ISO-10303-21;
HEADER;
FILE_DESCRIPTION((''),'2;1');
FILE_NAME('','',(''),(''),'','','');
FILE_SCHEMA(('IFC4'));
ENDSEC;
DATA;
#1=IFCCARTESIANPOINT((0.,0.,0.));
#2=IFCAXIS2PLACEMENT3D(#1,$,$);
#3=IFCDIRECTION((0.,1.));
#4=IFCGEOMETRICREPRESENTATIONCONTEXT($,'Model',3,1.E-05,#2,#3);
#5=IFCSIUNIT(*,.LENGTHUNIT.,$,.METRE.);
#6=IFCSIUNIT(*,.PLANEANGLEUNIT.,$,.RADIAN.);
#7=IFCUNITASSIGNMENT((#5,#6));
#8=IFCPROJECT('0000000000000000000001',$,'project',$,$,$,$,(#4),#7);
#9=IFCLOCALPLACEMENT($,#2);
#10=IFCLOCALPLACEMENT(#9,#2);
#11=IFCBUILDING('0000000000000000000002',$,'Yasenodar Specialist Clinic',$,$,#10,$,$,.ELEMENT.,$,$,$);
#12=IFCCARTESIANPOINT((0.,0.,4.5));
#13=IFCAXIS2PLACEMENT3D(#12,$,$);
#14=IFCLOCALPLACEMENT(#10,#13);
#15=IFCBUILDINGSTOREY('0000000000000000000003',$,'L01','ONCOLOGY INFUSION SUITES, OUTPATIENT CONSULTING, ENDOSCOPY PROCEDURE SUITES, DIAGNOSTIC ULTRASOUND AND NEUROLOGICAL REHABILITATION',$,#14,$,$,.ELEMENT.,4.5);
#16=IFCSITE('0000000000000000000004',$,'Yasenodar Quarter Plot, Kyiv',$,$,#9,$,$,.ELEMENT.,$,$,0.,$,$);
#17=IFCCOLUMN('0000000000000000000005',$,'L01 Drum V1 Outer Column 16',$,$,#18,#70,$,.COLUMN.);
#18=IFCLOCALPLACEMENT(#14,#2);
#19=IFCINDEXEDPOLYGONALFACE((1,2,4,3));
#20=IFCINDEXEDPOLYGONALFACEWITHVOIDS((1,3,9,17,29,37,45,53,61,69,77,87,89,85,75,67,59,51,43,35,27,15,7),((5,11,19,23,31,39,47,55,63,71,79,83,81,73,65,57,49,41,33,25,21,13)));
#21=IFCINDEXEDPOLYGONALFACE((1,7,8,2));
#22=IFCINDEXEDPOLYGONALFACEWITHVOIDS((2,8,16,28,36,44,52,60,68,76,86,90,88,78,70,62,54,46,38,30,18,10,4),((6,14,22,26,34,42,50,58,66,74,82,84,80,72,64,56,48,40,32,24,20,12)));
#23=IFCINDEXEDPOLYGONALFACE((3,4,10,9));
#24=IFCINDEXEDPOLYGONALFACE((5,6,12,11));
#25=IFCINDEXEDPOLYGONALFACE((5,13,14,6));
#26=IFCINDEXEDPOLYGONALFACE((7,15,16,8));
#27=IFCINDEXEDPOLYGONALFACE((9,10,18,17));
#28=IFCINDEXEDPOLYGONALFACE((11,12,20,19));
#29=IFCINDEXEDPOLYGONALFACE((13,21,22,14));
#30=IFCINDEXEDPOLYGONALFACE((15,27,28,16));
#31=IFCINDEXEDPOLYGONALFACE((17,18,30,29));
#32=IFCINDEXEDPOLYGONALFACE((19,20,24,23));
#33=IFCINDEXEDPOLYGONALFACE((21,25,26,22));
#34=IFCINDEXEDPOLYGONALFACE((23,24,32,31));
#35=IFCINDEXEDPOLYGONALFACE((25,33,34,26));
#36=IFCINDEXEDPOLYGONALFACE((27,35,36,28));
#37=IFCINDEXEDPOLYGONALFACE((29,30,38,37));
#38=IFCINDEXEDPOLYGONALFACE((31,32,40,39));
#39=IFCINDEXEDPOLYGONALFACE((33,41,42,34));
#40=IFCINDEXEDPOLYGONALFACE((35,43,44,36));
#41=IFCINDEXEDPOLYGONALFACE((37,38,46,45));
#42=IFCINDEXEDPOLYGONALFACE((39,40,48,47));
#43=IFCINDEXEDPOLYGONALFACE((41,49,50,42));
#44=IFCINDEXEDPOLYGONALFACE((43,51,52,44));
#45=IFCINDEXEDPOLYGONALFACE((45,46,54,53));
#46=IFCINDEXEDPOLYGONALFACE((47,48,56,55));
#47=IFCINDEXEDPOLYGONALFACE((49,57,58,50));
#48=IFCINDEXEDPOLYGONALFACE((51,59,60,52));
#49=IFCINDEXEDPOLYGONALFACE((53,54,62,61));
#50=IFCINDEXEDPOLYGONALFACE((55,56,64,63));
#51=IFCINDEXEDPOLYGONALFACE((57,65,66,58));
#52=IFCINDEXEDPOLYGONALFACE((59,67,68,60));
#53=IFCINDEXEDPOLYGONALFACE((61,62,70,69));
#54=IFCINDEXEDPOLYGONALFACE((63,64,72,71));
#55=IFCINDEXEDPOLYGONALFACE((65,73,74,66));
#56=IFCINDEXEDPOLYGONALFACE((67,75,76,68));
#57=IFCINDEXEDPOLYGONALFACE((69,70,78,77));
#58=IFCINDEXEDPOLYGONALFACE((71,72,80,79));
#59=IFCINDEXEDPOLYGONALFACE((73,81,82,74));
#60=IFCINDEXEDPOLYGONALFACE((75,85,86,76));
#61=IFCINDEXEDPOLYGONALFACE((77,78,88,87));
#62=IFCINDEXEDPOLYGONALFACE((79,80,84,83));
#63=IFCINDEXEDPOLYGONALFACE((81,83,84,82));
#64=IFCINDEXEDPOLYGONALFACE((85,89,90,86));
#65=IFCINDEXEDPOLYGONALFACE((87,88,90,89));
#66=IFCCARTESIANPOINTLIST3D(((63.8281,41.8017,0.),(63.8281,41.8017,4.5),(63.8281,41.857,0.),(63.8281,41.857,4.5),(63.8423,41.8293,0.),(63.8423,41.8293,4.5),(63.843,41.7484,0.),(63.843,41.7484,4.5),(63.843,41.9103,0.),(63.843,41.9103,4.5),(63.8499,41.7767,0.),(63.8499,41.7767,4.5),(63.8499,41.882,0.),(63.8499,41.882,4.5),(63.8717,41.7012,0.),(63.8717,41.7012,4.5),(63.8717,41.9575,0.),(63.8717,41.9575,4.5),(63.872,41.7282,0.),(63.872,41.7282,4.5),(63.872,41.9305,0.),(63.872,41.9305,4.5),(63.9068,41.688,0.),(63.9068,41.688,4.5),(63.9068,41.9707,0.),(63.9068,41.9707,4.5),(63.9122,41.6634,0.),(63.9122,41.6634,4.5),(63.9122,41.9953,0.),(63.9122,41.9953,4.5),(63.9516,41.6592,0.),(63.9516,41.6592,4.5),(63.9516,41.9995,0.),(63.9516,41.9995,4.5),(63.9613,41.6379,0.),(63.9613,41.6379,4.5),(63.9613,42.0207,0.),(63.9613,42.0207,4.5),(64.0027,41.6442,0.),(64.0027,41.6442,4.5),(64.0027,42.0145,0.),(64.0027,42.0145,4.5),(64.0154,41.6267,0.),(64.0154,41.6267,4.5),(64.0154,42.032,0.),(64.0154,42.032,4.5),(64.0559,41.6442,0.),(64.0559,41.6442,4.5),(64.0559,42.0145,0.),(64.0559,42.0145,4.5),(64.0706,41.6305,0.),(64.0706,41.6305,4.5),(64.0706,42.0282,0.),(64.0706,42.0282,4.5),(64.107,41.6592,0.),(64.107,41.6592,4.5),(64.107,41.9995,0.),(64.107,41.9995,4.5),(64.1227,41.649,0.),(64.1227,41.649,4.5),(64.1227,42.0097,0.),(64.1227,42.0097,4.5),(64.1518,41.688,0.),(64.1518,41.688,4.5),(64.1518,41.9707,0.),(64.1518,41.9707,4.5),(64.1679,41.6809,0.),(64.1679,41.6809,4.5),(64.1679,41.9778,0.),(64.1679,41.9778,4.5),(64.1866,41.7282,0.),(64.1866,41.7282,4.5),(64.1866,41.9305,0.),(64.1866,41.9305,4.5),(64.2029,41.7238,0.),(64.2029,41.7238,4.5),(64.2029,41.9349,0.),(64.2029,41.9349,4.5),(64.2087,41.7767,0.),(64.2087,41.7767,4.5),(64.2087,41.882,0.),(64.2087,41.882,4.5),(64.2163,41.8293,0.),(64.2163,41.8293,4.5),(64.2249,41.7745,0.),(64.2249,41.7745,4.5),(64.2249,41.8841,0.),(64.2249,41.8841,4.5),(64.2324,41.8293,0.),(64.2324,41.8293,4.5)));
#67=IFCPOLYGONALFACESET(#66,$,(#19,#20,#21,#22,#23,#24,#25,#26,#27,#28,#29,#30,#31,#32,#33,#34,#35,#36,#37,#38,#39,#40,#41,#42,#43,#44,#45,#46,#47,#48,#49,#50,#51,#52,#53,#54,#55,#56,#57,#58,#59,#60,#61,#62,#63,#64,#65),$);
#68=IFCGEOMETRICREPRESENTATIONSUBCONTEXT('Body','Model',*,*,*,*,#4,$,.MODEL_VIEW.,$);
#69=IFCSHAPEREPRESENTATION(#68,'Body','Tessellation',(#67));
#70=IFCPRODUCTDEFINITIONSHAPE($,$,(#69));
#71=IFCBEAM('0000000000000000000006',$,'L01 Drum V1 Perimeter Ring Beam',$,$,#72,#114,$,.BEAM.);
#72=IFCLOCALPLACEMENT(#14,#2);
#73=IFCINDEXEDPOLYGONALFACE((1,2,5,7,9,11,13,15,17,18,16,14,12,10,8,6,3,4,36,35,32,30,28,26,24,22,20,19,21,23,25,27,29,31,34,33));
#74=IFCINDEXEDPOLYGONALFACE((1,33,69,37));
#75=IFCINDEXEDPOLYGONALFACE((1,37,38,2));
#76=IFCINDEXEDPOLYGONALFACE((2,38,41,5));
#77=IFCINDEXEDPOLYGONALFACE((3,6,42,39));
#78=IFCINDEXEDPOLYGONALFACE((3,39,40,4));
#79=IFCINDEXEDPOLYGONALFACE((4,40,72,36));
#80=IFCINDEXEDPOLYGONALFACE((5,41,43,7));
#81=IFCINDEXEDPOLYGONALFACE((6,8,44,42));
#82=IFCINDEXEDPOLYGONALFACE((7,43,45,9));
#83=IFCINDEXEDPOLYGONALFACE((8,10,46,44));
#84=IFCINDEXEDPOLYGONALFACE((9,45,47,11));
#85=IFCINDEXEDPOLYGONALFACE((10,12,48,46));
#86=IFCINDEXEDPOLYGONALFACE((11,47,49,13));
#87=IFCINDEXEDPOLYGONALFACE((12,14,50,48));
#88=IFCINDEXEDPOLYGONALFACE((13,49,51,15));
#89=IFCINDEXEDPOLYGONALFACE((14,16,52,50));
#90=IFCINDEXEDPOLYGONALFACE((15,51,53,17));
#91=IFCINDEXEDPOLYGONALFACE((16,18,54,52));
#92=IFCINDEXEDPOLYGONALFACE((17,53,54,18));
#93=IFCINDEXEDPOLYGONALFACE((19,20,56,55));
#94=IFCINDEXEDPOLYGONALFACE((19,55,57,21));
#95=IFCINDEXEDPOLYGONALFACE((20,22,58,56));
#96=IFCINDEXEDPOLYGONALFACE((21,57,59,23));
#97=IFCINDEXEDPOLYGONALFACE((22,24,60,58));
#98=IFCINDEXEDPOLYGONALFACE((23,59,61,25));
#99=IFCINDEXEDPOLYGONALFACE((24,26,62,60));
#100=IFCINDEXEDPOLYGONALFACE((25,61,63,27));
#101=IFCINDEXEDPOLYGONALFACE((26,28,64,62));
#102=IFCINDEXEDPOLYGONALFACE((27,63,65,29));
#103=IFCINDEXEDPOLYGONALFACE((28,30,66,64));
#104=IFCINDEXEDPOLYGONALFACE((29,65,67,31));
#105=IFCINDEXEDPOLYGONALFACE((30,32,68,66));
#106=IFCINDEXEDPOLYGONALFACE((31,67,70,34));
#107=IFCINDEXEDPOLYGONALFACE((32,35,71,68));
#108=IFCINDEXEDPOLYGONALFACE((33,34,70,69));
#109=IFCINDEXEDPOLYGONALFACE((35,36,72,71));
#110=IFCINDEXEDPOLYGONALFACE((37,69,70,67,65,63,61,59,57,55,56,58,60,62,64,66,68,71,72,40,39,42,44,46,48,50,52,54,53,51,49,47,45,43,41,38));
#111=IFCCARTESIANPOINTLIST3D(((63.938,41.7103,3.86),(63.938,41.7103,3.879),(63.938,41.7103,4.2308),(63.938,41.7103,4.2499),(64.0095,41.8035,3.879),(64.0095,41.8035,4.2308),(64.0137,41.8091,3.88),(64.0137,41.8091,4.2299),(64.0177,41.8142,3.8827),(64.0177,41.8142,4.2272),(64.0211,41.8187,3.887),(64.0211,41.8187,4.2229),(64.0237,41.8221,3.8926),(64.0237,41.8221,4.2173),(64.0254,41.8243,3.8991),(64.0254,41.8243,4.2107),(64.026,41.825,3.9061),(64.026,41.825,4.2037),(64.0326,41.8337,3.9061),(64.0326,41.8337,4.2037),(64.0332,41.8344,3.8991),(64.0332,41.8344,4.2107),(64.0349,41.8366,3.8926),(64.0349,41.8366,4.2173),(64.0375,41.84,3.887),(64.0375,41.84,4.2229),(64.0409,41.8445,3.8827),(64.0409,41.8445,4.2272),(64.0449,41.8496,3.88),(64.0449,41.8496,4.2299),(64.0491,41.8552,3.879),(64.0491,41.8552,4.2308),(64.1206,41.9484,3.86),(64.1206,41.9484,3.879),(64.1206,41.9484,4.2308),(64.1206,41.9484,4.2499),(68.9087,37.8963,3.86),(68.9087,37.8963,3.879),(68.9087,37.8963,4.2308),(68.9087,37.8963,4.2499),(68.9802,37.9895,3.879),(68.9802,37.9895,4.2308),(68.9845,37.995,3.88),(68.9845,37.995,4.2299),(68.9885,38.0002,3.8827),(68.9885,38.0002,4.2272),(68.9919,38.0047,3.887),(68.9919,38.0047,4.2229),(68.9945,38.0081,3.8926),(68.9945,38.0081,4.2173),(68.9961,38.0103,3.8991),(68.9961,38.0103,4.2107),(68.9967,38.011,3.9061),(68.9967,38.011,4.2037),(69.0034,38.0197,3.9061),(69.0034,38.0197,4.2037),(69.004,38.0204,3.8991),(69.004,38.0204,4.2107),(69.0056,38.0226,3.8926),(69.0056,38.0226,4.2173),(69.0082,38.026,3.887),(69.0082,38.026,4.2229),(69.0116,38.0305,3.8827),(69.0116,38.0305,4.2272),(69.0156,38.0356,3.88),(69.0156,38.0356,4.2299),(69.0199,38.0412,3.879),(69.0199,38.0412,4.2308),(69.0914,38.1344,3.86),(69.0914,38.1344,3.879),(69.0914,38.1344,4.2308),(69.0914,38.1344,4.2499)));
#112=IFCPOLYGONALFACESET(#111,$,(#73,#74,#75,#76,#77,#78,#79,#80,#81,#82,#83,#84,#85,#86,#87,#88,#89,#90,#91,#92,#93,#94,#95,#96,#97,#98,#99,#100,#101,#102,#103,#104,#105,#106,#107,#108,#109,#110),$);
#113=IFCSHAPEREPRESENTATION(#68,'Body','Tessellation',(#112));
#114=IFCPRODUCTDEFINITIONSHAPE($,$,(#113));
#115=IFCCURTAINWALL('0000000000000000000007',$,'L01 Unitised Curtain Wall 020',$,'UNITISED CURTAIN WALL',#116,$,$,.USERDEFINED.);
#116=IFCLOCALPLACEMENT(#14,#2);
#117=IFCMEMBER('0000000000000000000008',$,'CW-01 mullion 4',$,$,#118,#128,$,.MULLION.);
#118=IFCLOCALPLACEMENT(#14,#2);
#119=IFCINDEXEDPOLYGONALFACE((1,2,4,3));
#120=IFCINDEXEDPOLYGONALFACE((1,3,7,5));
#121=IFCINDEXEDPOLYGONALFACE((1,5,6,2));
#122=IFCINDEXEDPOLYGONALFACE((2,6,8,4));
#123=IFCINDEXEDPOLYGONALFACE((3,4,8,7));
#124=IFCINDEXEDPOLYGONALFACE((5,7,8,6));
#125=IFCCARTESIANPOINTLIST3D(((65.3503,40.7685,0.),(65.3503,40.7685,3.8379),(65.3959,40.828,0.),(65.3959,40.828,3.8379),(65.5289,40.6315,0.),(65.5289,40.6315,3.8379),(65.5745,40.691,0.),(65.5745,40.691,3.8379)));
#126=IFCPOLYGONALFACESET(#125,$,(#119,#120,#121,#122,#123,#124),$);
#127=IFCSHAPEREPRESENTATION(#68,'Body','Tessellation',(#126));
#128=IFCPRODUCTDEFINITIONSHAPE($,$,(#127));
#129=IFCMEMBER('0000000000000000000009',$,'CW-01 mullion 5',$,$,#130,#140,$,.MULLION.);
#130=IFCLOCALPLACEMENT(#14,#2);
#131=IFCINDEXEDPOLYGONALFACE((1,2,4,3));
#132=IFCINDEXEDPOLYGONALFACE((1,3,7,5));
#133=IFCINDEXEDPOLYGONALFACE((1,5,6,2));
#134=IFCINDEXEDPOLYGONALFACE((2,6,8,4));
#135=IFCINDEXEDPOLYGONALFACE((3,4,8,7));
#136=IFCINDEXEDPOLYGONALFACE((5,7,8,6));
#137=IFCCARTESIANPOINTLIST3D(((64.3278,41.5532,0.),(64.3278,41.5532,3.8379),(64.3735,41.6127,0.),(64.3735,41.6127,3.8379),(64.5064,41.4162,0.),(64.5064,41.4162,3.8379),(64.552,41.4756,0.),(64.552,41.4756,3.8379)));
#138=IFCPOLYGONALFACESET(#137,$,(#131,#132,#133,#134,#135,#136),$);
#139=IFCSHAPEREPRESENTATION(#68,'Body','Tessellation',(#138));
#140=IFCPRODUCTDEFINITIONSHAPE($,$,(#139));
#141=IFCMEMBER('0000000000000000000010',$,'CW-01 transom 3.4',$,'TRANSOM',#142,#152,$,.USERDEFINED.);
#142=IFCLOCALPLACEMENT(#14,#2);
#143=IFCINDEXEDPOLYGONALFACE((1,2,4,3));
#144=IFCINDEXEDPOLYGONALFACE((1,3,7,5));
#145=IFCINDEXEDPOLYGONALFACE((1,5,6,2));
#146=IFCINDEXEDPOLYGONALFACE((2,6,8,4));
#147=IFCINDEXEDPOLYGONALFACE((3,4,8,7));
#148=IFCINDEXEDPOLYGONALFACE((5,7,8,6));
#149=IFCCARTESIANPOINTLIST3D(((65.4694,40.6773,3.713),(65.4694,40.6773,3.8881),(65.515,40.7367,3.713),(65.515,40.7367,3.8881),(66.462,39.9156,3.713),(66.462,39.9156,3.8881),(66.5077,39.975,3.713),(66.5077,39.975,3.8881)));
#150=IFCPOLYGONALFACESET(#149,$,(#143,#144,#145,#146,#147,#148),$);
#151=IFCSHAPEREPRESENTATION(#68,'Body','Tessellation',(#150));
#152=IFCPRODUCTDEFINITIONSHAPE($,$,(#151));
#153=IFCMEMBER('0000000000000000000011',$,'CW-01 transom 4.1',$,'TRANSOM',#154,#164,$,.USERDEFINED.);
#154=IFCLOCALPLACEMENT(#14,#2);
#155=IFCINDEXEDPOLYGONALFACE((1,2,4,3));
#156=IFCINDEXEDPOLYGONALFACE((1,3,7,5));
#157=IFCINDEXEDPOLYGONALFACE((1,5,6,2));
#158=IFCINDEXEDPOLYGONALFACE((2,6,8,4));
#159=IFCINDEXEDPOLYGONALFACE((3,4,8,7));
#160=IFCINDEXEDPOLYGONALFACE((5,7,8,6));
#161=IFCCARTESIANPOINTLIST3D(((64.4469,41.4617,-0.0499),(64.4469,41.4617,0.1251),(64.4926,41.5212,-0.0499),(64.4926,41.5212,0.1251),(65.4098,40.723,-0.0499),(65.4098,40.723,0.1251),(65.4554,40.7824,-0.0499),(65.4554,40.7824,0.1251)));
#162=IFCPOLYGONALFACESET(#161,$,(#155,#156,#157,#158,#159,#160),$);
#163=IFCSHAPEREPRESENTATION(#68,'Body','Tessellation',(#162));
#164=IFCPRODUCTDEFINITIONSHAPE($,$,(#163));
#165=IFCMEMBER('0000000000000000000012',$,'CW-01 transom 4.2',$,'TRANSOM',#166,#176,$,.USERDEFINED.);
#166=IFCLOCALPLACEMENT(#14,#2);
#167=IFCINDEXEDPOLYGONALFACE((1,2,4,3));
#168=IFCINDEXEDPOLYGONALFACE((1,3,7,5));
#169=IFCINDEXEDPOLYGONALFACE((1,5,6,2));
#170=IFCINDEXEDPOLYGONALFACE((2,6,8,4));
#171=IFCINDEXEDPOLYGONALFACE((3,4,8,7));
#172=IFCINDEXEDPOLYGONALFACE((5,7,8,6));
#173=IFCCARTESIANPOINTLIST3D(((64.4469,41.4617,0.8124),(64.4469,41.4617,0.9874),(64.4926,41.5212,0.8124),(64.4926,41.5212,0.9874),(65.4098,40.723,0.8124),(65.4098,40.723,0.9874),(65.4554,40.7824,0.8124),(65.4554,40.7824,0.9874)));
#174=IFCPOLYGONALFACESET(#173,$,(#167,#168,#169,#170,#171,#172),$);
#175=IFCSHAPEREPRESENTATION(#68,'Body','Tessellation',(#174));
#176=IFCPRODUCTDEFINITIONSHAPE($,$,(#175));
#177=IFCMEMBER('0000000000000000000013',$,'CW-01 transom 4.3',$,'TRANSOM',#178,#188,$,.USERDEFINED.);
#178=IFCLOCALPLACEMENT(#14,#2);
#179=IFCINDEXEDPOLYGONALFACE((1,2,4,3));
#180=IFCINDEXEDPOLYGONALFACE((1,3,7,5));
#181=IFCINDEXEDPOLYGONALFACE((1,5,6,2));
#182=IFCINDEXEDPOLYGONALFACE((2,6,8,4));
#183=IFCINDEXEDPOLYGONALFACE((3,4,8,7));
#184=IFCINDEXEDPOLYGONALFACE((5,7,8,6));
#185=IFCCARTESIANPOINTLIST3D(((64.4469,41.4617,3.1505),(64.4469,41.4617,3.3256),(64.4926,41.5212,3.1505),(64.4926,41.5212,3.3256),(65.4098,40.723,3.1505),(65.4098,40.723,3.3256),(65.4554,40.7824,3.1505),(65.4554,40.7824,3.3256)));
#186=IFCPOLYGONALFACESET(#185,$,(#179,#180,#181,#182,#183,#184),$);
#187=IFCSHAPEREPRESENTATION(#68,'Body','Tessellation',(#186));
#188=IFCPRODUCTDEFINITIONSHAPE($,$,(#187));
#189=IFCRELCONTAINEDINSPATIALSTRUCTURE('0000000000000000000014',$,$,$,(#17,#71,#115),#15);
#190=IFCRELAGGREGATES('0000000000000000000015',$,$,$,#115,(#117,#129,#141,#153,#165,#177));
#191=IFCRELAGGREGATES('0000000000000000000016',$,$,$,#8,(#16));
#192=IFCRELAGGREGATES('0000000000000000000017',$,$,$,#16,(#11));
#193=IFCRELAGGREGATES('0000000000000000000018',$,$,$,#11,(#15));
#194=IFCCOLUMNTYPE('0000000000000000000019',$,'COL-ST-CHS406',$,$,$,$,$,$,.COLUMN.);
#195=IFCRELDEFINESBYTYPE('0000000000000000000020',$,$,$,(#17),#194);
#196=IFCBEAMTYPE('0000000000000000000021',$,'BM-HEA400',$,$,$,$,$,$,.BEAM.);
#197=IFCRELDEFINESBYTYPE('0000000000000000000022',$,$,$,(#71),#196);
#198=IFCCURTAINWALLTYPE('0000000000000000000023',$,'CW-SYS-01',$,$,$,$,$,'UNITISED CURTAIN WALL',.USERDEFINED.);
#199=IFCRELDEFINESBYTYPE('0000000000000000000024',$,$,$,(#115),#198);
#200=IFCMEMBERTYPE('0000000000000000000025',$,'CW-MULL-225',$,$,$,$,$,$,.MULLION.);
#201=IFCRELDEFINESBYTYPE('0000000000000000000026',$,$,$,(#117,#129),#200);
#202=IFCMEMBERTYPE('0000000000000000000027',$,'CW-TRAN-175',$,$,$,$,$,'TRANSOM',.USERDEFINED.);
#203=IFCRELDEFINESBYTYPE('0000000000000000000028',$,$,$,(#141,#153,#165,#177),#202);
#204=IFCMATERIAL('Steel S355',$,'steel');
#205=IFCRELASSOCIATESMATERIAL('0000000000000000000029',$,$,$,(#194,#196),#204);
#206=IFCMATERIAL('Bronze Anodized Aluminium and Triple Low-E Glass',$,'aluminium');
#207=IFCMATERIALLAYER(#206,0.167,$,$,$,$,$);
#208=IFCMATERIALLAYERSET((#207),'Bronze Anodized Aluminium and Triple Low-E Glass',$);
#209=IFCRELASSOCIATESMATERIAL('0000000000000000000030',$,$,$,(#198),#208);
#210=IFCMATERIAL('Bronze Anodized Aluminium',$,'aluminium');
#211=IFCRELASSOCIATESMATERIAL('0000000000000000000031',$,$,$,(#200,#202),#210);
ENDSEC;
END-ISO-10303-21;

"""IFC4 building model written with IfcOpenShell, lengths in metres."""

from ifc_helpers import new_model, si_unit, direction, frame, origin, origin_2d, place, context, subcontext, project, spatial, rectangle, hollow_circle, i_section, extrude, material, layer, layer_set, material_profile, profile_set, type_object, element, aggregate, save


model = new_model("IFC4")

# Units and contexts
model_context = context("Model", 3, precision=1e-05, world=origin(), true_north=direction((0.0, 1.0)))
body_context = subcontext(model_context, "Body", "Model", "MODEL_VIEW")
ifc_project = project(units=[si_unit("LENGTHUNIT", "METRE"), si_unit("PLANEANGLEUNIT", "RADIAN")], contexts=[model_context])

# Site, building, storey
site_placement = place(None, origin())
site = spatial("IfcSite", under=ifc_project, at=site_placement, Name="Yasenodar Quarter Plot, Kyiv", CompositionType="ELEMENT", RefElevation=0.0)
building_placement = place(site_placement, origin())
building = spatial("IfcBuilding", under=site, at=building_placement, Name="Yasenodar Specialist Clinic", CompositionType="ELEMENT")
storey_placement = place(building_placement, frame((0.0, 0.0, 4.5)))
storey = spatial("IfcBuildingStorey", under=building, at=storey_placement, Name="L01", Description="ONCOLOGY INFUSION SUITES, OUTPATIENT CONSULTING, ENDOSCOPY PROCEDURE SUITES, DIAGNOSTIC ULTRASOUND AND NEUROLOGICAL REHABILITATION", CompositionType="ELEMENT", Elevation=4.5)

# Column
ifc_material_1 = material(Name="Steel S355", Category="steel")
ifc_material_profile_1 = material_profile(ifc_material_1, hollow_circle(Radius=0.2031, WallThickness=0.0161, at=origin_2d()), Name="CHS 406.4x16")
ifc_profile_set_1 = profile_set([ifc_material_profile_1], Name="Steel S355")
column_type = type_object("IfcColumnType", Name="COL-ST-CHS406", PredefinedType="COLUMN", material=ifc_profile_set_1)
column_placement = place(storey_placement, frame((64.0293, 41.8293, 0.0), z_axis=(0.0, 0.0, 1.0), x_axis=(1.0, 0.0, 0.0)))
element("IfcColumn", 1, at=column_placement, inside=storey, type_object=column_type, Name="L01 Drum V1 Outer Column 16", PredefinedType="COLUMN", context=body_context, shape_type="SweptSolid", body=[
    extrude(hollow_circle(Radius=0.2031, WallThickness=0.0161, at=origin_2d()), origin(), (0.0, 0.0, 1.0), 4.5),
])

# Beam
ifc_material_profile_2 = material_profile(ifc_material_1, i_section(OverallWidth=0.3, OverallDepth=0.3899, WebThickness=0.011, FlangeThickness=0.019, FilletRadius=0.0271, at=origin_2d()), Name="HEA 400")
ifc_profile_set_2 = profile_set([ifc_material_profile_2], Name="Steel S355")
beam_type = type_object("IfcBeamType", Name="BM-HEA400", PredefinedType="BEAM", material=ifc_profile_set_2)
beam_placement = place(storey_placement, frame((64.0293, 41.8293, 4.0549), z_axis=(0.793368, -0.608742, 0.0), x_axis=(0.608742, 0.793368, 0.0)))
element("IfcBeam", 2, at=beam_placement, inside=storey, type_object=beam_type, Name="L01 Drum V1 Perimeter Ring Beam", PredefinedType="BEAM", context=body_context, shape_type="SweptSolid", body=[
    extrude(i_section(OverallWidth=0.3, OverallDepth=0.3899, WebThickness=0.011, FlangeThickness=0.019, FilletRadius=0.0271, at=origin_2d()), origin(), (0.0, 0.0, 1.0), 6.2654),
])

# Curtain wall, members
ifc_material_2 = material(Name="Bronze Anodized Aluminium and Triple Low-E Glass", Category="aluminium")
ifc_layer_1 = layer(ifc_material_2, 0.167)
ifc_layer_set_1 = layer_set([ifc_layer_1], Name="Bronze Anodized Aluminium and Triple Low-E Glass")
curtain_wall_type = type_object("IfcCurtainWallType", Name="CW-SYS-01", ElementType="UNITISED CURTAIN WALL", PredefinedType="USERDEFINED", material=ifc_layer_set_1)
curtain_wall_placement = place(storey_placement, origin())
curtain_wall = element("IfcCurtainWall", 3, at=curtain_wall_placement, inside=storey, type_object=curtain_wall_type, Name="L01 Unitised Curtain Wall 020", ObjectType="UNITISED CURTAIN WALL", PredefinedType="USERDEFINED")
ifc_material_3 = material(Name="Bronze Anodized Aluminium", Category="aluminium")
ifc_material_profile_3 = material_profile(ifc_material_3, rectangle(XDim=0.075, YDim=0.2251, at=origin_2d()), Name="CW-MULL 75x225")
ifc_profile_set_3 = profile_set([ifc_material_profile_3], Name="Bronze Anodized Aluminium")
member_type_1 = type_object("IfcMemberType", Name="CW-MULL-225", PredefinedType="MULLION", material=ifc_profile_set_3)
member_1_placement = place(storey_placement, frame((65.4624, 40.7297, 0.0), z_axis=(0.0, 0.0, 1.0), x_axis=(-0.608752, -0.793361, 0.0)))
member_1 = element("IfcMember", 4, at=member_1_placement, type_object=member_type_1, Name="CW-01 mullion 4", PredefinedType="MULLION", context=body_context, shape_type="SweptSolid", body=[
    extrude(rectangle(XDim=0.075, YDim=0.2251, at=origin_2d()), origin(), (0.0, 0.0, 1.0), 3.8379),
])
member_2_placement = place(storey_placement, frame((64.4399, 41.5144, 0.0), z_axis=(0.0, 0.0, 1.0), x_axis=(-0.608752, -0.793361, 0.0)))
member_2 = element("IfcMember", 5, at=member_2_placement, type_object=member_type_1, Name="CW-01 mullion 5", PredefinedType="MULLION", context=body_context, shape_type="SweptSolid", body=[
    extrude(rectangle(XDim=0.075, YDim=0.2251, at=origin_2d()), origin(), (0.0, 0.0, 1.0), 3.8379),
])
ifc_material_profile_4 = material_profile(ifc_material_3, rectangle(XDim=0.075, YDim=0.175, at=origin_2d()), Name="CW-TRAN 75x175")
ifc_profile_set_4 = profile_set([ifc_material_profile_4], Name="Bronze Anodized Aluminium")
member_type_2 = type_object("IfcMemberType", Name="CW-TRAN-175", ElementType="TRANSOM", PredefinedType="USERDEFINED", material=ifc_profile_set_4)
member_3_placement = place(storey_placement, frame((66.4849, 39.9453, 3.8005), z_axis=(-0.793349, 0.608767, 0.0), x_axis=(-0.608767, -0.793349, 0.0)))
member_3 = element("IfcMember", 6, at=member_3_placement, type_object=member_type_2, Name="CW-01 transom 3.4", ObjectType="TRANSOM", PredefinedType="USERDEFINED", context=body_context, shape_type="SweptSolid", body=[
    extrude(rectangle(XDim=0.075, YDim=0.175, at=origin_2d()), origin(), (0.0, 0.0, 1.0), 1.2512),
])
member_4_placement = place(storey_placement, frame((65.4326, 40.7527, 0.0376), z_axis=(-0.793386, 0.608719, 0.0), x_axis=(-0.608719, -0.793386, 0.0)))
member_4 = element("IfcMember", 7, at=member_4_placement, type_object=member_type_2, Name="CW-01 transom 4.1", ObjectType="TRANSOM", PredefinedType="USERDEFINED", context=body_context, shape_type="SweptSolid", body=[
    extrude(rectangle(XDim=0.075, YDim=0.175, at=origin_2d()), origin(), (0.0, 0.0, 1.0), 1.2136),
])
member_5_placement = place(storey_placement, frame((65.4326, 40.7527, 0.8999), z_axis=(-0.793386, 0.608719, 0.0), x_axis=(-0.608719, -0.793386, 0.0)))
member_5 = element("IfcMember", 8, at=member_5_placement, type_object=member_type_2, Name="CW-01 transom 4.2", ObjectType="TRANSOM", PredefinedType="USERDEFINED", context=body_context, shape_type="SweptSolid", body=[
    extrude(rectangle(XDim=0.075, YDim=0.175, at=origin_2d()), origin(), (0.0, 0.0, 1.0), 1.2136),
])
member_6_placement = place(storey_placement, frame((65.4326, 40.7527, 3.238), z_axis=(-0.793386, 0.608719, 0.0), x_axis=(-0.608719, -0.793386, 0.0)))
member_6 = element("IfcMember", 9, at=member_6_placement, type_object=member_type_2, Name="CW-01 transom 4.3", ObjectType="TRANSOM", PredefinedType="USERDEFINED", context=body_context, shape_type="SweptSolid", body=[
    extrude(rectangle(XDim=0.075, YDim=0.175, at=origin_2d()), origin(), (0.0, 0.0, 1.0), 1.2136),
])
aggregate(curtain_wall, [member_1, member_2, member_3, member_4, member_5, member_6])

save(model, "model.ifc")
